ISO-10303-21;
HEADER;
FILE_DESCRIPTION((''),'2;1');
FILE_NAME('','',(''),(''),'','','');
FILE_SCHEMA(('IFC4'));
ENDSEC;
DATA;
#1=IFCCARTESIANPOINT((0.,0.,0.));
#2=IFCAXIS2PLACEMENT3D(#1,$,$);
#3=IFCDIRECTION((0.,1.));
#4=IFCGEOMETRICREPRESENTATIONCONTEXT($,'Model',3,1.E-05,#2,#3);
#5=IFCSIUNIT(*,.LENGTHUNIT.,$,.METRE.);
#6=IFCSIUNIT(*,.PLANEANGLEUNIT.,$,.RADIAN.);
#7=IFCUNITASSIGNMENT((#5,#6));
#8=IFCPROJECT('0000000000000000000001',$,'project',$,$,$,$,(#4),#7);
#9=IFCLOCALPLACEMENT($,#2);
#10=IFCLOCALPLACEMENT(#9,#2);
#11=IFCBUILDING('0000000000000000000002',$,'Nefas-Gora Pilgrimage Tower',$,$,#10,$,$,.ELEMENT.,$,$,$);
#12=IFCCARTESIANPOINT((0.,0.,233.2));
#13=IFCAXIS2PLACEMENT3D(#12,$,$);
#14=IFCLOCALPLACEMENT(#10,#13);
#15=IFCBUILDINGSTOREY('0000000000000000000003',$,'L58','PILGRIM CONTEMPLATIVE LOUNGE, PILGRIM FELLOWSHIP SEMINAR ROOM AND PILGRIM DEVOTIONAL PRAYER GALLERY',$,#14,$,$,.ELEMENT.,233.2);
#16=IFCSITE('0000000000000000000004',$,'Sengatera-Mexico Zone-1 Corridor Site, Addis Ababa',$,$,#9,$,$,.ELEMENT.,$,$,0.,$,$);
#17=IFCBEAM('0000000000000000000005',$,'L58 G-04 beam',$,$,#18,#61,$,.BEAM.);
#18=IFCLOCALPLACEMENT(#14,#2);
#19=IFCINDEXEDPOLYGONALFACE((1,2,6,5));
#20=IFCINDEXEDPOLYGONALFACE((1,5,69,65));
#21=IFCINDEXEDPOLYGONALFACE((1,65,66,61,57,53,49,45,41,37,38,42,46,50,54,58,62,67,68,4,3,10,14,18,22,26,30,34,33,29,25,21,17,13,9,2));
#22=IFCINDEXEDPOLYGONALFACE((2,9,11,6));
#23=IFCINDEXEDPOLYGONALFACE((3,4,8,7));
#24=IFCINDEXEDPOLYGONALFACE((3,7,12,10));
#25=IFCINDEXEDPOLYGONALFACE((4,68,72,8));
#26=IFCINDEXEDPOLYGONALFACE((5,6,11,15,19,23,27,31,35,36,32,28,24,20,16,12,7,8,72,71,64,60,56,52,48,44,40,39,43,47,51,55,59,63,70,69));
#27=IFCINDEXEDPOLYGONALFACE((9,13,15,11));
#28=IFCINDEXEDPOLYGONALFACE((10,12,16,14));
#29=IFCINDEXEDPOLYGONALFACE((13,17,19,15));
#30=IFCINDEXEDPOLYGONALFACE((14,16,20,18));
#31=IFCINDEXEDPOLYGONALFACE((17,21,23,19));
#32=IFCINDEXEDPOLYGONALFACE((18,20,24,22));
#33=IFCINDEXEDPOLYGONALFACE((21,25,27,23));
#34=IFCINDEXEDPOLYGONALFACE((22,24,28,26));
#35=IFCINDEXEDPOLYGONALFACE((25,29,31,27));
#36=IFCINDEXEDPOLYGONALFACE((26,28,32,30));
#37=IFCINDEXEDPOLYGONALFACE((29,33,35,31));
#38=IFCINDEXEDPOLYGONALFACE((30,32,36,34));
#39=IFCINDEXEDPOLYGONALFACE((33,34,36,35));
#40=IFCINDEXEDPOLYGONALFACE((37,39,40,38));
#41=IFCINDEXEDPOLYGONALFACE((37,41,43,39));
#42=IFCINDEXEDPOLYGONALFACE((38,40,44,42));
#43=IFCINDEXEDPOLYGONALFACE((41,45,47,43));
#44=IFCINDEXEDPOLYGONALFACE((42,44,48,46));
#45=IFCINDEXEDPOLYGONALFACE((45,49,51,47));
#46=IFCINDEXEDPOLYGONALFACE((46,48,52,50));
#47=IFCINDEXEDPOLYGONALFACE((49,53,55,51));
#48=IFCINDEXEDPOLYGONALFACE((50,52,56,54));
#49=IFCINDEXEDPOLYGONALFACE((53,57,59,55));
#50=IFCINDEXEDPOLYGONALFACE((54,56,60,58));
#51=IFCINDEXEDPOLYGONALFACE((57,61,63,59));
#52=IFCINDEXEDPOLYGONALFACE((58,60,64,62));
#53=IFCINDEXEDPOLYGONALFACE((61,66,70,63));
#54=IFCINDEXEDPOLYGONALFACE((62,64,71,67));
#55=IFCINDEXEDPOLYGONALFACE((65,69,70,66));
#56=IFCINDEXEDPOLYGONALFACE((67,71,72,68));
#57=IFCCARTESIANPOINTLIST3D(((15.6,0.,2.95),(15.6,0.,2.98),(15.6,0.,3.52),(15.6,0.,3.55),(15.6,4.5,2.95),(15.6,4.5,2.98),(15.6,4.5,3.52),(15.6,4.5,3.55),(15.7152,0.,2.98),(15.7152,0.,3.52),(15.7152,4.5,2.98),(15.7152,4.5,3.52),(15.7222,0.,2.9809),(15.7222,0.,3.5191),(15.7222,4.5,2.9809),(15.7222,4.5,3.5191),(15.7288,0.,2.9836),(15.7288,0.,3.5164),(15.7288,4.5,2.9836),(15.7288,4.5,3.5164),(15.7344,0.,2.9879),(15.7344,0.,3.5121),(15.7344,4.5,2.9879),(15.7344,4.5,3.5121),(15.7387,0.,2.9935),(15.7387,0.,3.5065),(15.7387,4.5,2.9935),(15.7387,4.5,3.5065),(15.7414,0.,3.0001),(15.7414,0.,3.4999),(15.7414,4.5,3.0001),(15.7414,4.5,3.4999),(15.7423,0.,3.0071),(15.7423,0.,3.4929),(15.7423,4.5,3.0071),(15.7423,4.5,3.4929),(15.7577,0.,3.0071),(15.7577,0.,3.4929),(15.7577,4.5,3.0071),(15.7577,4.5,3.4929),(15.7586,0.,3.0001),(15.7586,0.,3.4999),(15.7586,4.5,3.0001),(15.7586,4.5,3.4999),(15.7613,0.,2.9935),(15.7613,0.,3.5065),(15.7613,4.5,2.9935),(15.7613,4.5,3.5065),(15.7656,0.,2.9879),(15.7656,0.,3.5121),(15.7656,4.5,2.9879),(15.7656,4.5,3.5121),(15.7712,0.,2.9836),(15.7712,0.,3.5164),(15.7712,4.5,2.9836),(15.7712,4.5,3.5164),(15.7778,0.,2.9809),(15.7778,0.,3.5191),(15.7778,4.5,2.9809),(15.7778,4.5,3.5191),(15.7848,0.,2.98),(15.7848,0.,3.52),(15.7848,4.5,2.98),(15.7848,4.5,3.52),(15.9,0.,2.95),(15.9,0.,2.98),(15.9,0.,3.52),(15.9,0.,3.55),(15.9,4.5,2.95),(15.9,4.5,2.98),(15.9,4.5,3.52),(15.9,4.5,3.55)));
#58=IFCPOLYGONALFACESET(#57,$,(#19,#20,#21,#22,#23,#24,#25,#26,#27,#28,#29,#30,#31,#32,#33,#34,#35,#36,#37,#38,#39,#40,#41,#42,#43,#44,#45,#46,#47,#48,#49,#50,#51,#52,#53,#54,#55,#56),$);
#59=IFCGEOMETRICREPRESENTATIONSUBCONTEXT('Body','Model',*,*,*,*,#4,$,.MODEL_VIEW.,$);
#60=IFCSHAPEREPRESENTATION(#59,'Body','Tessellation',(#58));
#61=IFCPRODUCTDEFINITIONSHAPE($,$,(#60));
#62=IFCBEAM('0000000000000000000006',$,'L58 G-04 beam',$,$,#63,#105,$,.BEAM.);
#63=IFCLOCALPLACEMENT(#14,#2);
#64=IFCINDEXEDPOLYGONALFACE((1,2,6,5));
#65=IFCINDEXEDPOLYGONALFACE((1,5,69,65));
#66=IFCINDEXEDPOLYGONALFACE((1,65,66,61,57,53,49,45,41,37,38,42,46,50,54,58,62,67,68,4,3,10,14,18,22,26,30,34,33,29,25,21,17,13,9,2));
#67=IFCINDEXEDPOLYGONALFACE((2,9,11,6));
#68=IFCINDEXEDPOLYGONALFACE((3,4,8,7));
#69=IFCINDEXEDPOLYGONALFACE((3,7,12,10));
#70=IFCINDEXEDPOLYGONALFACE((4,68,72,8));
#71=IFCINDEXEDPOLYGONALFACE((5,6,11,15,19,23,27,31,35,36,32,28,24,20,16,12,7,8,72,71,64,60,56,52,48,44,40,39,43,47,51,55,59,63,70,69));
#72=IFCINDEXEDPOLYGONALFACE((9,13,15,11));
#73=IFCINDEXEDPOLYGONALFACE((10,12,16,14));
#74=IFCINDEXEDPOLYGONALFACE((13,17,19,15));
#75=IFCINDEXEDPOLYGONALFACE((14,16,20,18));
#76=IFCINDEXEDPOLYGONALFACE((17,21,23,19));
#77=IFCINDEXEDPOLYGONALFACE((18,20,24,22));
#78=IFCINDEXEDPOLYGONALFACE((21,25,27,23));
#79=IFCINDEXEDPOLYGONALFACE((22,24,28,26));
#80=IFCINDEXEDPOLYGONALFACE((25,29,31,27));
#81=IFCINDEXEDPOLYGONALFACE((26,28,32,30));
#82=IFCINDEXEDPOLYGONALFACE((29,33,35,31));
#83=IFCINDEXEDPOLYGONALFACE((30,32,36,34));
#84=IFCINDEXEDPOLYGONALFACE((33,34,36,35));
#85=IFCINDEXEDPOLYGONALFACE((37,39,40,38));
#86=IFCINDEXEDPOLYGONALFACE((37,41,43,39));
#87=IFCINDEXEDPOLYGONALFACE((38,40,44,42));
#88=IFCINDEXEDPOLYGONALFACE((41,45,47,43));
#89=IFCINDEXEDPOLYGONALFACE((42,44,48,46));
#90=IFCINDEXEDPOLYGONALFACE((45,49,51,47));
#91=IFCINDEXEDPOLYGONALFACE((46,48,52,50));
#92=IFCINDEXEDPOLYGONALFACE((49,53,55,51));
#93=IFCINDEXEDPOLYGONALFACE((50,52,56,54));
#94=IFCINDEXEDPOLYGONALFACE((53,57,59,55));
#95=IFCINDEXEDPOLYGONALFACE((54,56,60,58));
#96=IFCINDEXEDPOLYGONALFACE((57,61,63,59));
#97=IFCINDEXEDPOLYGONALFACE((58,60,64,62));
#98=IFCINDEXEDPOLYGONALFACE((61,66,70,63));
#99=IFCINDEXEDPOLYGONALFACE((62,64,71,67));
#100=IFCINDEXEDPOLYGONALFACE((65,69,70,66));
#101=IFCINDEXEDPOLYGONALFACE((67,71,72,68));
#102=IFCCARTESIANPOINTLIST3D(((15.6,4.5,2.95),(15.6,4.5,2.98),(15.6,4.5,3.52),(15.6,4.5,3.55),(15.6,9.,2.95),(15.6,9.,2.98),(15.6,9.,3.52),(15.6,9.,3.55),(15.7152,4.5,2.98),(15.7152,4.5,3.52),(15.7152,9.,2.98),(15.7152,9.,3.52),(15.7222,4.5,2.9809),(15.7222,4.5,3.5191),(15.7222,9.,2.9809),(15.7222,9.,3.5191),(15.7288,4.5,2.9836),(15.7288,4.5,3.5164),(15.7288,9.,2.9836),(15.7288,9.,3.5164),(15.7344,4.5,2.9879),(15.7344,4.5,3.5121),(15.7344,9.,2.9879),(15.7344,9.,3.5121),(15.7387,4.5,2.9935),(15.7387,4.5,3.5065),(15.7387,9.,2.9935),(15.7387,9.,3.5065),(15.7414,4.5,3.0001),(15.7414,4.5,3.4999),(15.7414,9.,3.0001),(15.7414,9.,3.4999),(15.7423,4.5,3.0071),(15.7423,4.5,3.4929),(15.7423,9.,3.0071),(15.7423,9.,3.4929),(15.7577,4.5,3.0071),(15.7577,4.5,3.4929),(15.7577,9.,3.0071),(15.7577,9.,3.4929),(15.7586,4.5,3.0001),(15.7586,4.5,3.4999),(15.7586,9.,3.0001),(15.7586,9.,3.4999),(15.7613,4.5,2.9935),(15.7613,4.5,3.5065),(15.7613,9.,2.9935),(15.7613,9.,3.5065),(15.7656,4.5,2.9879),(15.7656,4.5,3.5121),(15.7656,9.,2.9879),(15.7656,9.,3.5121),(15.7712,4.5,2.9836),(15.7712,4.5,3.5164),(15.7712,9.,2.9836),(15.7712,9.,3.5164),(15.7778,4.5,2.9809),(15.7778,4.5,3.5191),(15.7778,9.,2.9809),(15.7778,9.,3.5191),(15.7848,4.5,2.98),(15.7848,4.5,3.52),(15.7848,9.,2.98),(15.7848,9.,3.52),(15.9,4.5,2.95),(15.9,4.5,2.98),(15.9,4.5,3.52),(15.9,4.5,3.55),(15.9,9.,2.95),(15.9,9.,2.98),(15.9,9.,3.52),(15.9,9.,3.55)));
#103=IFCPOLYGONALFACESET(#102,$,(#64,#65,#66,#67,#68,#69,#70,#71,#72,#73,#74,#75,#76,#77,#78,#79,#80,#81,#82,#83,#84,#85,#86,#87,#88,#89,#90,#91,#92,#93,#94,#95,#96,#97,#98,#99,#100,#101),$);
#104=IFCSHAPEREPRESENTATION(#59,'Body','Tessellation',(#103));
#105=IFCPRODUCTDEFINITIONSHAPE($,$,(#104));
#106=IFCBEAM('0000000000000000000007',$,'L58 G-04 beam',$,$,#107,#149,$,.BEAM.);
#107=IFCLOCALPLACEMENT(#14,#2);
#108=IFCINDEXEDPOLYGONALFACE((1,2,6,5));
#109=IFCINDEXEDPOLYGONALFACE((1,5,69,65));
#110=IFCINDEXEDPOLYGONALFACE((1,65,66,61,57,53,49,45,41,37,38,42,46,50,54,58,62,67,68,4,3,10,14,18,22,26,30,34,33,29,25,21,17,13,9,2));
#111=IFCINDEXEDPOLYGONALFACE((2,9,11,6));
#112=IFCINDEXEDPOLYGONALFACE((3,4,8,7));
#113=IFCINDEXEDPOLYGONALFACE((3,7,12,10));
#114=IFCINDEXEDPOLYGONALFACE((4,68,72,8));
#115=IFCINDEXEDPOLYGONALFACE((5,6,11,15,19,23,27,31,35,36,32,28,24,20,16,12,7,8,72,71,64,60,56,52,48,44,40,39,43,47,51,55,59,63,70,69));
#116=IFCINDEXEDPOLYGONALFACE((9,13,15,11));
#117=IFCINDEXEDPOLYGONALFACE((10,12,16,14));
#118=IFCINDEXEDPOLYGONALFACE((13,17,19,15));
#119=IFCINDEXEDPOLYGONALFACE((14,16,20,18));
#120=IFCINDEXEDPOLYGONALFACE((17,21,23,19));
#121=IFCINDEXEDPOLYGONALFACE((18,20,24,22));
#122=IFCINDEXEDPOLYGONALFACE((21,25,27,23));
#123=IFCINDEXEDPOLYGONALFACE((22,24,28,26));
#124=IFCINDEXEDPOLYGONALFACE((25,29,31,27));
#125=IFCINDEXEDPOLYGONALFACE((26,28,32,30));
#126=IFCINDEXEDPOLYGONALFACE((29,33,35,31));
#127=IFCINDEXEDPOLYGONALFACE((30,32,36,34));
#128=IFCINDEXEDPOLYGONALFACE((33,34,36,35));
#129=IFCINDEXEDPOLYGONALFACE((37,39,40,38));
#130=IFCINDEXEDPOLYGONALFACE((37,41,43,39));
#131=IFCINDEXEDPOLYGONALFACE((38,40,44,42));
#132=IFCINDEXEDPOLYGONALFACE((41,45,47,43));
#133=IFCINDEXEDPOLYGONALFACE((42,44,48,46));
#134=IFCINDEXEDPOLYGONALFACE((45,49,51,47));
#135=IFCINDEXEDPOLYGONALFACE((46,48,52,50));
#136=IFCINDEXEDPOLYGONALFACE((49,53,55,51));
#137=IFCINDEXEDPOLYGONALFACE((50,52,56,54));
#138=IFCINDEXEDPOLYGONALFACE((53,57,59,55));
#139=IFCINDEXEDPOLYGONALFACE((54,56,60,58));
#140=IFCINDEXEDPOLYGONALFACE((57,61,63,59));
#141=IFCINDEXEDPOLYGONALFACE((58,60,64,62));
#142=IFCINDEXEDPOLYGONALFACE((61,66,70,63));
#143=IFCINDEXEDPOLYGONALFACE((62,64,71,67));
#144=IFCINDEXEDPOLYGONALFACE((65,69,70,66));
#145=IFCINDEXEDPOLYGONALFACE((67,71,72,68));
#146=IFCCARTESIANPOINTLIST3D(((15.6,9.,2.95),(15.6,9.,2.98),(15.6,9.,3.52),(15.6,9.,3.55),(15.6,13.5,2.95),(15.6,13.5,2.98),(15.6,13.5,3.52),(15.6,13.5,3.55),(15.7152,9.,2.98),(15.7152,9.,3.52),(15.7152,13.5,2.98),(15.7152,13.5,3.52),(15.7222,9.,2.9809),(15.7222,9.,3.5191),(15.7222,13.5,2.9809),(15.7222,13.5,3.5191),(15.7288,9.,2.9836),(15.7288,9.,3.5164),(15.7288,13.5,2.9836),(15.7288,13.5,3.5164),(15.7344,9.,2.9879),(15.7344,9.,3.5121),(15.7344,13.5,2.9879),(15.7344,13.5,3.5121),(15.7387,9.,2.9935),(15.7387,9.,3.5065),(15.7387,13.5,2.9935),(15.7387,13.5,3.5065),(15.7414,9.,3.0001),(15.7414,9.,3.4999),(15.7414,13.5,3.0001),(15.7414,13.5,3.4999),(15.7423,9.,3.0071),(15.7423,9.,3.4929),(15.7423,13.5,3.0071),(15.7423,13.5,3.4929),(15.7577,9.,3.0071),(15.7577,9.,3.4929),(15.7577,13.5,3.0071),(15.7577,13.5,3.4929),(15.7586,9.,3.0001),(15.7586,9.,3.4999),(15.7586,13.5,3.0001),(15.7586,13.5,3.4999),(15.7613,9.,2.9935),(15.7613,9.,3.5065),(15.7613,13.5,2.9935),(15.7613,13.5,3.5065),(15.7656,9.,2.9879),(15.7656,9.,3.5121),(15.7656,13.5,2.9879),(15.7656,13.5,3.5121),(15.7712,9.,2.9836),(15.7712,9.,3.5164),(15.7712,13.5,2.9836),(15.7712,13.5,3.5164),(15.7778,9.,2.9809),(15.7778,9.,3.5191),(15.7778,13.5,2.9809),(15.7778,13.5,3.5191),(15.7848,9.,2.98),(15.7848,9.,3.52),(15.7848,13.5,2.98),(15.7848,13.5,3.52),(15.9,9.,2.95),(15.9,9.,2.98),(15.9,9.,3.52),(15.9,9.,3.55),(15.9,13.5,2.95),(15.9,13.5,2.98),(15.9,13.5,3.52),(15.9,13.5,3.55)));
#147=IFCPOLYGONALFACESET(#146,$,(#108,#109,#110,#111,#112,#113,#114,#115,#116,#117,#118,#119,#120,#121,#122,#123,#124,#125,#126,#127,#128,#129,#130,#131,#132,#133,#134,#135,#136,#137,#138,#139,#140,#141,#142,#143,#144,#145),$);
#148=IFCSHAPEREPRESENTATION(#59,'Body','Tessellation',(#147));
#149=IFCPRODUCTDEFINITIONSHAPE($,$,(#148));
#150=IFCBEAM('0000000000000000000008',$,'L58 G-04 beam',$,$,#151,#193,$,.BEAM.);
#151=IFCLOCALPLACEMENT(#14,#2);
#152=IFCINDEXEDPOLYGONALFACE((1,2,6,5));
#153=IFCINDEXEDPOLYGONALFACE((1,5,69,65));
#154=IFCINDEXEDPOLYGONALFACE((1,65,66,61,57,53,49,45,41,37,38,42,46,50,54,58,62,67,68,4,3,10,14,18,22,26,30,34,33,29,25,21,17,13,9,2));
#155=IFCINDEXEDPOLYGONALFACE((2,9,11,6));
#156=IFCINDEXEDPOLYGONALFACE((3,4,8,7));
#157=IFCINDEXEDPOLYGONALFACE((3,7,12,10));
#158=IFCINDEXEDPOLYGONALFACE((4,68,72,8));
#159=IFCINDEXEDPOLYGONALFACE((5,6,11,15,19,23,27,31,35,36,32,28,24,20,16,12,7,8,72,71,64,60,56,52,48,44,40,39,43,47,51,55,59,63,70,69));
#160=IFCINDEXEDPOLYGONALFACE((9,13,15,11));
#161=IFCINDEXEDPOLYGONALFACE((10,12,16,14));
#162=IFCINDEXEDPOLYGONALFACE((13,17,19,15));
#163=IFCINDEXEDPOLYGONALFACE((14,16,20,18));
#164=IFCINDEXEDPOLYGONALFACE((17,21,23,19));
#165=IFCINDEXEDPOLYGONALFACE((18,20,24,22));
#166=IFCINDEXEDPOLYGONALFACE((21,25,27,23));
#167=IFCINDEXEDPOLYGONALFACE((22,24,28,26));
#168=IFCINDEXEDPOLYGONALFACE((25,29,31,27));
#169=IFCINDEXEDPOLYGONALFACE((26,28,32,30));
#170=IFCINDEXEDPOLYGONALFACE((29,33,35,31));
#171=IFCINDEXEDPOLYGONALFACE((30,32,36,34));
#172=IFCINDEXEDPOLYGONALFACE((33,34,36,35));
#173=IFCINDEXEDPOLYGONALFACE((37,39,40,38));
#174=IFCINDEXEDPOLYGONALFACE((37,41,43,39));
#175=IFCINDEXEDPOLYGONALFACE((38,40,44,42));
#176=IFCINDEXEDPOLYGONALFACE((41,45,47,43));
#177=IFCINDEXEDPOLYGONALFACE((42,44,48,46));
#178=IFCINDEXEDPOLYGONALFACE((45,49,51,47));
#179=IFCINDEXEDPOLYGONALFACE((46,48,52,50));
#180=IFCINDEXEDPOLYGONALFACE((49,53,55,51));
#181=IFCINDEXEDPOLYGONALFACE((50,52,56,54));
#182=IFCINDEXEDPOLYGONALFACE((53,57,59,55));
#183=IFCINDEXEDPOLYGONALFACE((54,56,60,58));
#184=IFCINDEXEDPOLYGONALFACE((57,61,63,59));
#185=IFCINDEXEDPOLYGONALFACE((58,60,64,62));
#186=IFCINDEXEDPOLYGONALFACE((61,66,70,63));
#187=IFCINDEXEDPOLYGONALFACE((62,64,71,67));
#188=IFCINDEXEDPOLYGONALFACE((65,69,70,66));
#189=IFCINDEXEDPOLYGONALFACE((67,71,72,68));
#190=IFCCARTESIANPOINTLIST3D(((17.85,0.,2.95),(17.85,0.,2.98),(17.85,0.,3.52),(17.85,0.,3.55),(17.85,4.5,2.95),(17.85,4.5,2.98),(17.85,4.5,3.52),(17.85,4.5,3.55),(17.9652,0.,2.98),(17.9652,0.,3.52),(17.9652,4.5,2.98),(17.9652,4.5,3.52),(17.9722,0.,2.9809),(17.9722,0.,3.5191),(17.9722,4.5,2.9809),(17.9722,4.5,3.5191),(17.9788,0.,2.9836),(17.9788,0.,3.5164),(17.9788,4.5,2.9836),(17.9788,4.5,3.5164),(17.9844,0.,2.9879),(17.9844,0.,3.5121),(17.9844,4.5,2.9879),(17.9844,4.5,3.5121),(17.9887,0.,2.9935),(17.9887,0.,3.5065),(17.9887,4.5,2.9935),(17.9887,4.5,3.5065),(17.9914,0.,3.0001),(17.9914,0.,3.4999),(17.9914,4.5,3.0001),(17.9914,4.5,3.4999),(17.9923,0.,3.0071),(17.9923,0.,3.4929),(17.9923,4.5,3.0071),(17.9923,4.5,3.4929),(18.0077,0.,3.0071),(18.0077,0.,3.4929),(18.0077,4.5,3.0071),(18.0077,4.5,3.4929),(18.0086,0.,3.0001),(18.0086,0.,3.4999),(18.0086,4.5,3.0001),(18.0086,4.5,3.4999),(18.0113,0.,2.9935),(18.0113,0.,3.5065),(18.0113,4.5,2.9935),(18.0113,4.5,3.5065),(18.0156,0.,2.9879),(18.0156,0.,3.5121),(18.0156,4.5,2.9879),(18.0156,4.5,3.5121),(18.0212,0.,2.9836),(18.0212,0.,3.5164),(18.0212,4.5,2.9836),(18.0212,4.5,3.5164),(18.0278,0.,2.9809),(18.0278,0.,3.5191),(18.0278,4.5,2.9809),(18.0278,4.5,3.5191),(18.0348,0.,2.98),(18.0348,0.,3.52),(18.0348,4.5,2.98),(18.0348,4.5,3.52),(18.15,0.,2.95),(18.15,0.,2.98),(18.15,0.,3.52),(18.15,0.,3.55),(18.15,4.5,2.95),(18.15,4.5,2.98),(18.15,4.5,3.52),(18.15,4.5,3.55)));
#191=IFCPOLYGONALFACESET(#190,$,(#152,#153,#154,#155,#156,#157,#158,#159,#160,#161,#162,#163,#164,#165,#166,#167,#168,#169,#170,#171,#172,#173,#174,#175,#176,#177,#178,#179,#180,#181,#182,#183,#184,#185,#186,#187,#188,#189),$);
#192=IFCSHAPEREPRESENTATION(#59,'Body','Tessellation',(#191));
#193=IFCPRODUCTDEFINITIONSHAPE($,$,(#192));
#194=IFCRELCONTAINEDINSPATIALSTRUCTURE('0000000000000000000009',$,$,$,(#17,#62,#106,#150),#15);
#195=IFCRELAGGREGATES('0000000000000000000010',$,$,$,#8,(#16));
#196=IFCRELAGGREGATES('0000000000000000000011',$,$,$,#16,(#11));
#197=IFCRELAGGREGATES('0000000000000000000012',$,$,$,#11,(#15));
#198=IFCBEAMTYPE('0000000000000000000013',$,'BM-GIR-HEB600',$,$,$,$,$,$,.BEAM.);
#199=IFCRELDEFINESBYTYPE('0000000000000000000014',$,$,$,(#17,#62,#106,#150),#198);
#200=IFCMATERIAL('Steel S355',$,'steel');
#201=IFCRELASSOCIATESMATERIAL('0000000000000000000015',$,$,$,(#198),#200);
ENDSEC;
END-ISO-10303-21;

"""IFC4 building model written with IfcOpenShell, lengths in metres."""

from ifc_helpers import new_model, si_unit, direction, frame, origin, origin_2d, place, context, subcontext, project, spatial, i_section, extrude, source, transform, mapped, material, material_profile, profile_set, type_object, element, save


model = new_model("IFC4")

# Units and contexts
model_context = context("Model", 3, precision=1e-05, world=origin(), true_north=direction((0.0, 1.0)))
body_context = subcontext(model_context, "Body", "Model", "MODEL_VIEW")
ifc_project = project(units=[si_unit("LENGTHUNIT", "METRE"), si_unit("PLANEANGLEUNIT", "RADIAN")], contexts=[model_context])

# Site, building, storey
site_placement = place(None, origin())
site = spatial("IfcSite", under=ifc_project, at=site_placement, Name="Sengatera-Mexico Zone-1 Corridor Site, Addis Ababa", CompositionType="ELEMENT", RefElevation=0.0)
building_placement = place(site_placement, origin())
building = spatial("IfcBuilding", under=site, at=building_placement, Name="Nefas-Gora Pilgrimage Tower", CompositionType="ELEMENT")
storey_placement = place(building_placement, frame((0.0, 0.0, 233.2)))
storey = spatial("IfcBuildingStorey", under=building, at=storey_placement, Name="L58", Description="PILGRIM CONTEMPLATIVE LOUNGE, PILGRIM FELLOWSHIP SEMINAR ROOM AND PILGRIM DEVOTIONAL PRAYER GALLERY", CompositionType="ELEMENT", Elevation=233.2)

# Beams
ifc_material_1 = material(Name="Steel S355", Category="steel")
ifc_material_profile_1 = material_profile(ifc_material_1, i_section(OverallWidth=0.3, OverallDepth=0.6001, WebThickness=0.0154, FlangeThickness=0.03, FilletRadius=0.0271, at=origin_2d()), Name="HEB 600")
ifc_profile_set_1 = profile_set([ifc_material_profile_1], Name="Steel S355")
beam_type_1 = type_object("IfcBeamType", Name="BM-GIR-HEB600", PredefinedType="BEAM", material=ifc_profile_set_1)
shared_shape_1 = source(origin(), body_context, "Body", "SweptSolid", [
    extrude(i_section(OverallWidth=0.3, OverallDepth=0.6001, WebThickness=0.0154, FlangeThickness=0.03, FilletRadius=0.0271, at=origin_2d()), origin(), (0.0, 0.0, 1.0), 4.5),
])
for number, where, z_axis, x_axis, name in (
    (1, (15.75, 0.0, 3.25), (0.0, 1.0, 0.0), (-1.0, 0.0, 0.0), "L58 G-04 beam"),
    (2, (15.75, 4.5, 3.25), (0.0, 1.0, 0.0), (-1.0, 0.0, 0.0), "L58 G-04 beam"),
    (3, (15.75, 9.0, 3.25), (0.0, 1.0, 0.0), (-1.0, 0.0, 0.0), "L58 G-04 beam"),
    (4, (18.0, 0.0, 3.25), (0.0, 1.0, 0.0), (-1.0, 0.0, 0.0), "L58 G-04 beam"),
):
    element("IfcBeam", number, at=place(storey_placement, frame(where, z_axis=z_axis, x_axis=x_axis)), inside=storey, type_object=beam_type_1, Name=name, PredefinedType="BEAM", context=body_context, shape_type="MappedRepresentation", body=[
        mapped(shared_shape_1, transform((0.0, 0.0, 0.0), x_axis=(1.0, 0.0, 0.0), y_axis=(0.0, 1.0, 0.0), z_axis=(0.0, 0.0, 1.0), scale=1.0)),
    ])

save(model, "model.ifc")
